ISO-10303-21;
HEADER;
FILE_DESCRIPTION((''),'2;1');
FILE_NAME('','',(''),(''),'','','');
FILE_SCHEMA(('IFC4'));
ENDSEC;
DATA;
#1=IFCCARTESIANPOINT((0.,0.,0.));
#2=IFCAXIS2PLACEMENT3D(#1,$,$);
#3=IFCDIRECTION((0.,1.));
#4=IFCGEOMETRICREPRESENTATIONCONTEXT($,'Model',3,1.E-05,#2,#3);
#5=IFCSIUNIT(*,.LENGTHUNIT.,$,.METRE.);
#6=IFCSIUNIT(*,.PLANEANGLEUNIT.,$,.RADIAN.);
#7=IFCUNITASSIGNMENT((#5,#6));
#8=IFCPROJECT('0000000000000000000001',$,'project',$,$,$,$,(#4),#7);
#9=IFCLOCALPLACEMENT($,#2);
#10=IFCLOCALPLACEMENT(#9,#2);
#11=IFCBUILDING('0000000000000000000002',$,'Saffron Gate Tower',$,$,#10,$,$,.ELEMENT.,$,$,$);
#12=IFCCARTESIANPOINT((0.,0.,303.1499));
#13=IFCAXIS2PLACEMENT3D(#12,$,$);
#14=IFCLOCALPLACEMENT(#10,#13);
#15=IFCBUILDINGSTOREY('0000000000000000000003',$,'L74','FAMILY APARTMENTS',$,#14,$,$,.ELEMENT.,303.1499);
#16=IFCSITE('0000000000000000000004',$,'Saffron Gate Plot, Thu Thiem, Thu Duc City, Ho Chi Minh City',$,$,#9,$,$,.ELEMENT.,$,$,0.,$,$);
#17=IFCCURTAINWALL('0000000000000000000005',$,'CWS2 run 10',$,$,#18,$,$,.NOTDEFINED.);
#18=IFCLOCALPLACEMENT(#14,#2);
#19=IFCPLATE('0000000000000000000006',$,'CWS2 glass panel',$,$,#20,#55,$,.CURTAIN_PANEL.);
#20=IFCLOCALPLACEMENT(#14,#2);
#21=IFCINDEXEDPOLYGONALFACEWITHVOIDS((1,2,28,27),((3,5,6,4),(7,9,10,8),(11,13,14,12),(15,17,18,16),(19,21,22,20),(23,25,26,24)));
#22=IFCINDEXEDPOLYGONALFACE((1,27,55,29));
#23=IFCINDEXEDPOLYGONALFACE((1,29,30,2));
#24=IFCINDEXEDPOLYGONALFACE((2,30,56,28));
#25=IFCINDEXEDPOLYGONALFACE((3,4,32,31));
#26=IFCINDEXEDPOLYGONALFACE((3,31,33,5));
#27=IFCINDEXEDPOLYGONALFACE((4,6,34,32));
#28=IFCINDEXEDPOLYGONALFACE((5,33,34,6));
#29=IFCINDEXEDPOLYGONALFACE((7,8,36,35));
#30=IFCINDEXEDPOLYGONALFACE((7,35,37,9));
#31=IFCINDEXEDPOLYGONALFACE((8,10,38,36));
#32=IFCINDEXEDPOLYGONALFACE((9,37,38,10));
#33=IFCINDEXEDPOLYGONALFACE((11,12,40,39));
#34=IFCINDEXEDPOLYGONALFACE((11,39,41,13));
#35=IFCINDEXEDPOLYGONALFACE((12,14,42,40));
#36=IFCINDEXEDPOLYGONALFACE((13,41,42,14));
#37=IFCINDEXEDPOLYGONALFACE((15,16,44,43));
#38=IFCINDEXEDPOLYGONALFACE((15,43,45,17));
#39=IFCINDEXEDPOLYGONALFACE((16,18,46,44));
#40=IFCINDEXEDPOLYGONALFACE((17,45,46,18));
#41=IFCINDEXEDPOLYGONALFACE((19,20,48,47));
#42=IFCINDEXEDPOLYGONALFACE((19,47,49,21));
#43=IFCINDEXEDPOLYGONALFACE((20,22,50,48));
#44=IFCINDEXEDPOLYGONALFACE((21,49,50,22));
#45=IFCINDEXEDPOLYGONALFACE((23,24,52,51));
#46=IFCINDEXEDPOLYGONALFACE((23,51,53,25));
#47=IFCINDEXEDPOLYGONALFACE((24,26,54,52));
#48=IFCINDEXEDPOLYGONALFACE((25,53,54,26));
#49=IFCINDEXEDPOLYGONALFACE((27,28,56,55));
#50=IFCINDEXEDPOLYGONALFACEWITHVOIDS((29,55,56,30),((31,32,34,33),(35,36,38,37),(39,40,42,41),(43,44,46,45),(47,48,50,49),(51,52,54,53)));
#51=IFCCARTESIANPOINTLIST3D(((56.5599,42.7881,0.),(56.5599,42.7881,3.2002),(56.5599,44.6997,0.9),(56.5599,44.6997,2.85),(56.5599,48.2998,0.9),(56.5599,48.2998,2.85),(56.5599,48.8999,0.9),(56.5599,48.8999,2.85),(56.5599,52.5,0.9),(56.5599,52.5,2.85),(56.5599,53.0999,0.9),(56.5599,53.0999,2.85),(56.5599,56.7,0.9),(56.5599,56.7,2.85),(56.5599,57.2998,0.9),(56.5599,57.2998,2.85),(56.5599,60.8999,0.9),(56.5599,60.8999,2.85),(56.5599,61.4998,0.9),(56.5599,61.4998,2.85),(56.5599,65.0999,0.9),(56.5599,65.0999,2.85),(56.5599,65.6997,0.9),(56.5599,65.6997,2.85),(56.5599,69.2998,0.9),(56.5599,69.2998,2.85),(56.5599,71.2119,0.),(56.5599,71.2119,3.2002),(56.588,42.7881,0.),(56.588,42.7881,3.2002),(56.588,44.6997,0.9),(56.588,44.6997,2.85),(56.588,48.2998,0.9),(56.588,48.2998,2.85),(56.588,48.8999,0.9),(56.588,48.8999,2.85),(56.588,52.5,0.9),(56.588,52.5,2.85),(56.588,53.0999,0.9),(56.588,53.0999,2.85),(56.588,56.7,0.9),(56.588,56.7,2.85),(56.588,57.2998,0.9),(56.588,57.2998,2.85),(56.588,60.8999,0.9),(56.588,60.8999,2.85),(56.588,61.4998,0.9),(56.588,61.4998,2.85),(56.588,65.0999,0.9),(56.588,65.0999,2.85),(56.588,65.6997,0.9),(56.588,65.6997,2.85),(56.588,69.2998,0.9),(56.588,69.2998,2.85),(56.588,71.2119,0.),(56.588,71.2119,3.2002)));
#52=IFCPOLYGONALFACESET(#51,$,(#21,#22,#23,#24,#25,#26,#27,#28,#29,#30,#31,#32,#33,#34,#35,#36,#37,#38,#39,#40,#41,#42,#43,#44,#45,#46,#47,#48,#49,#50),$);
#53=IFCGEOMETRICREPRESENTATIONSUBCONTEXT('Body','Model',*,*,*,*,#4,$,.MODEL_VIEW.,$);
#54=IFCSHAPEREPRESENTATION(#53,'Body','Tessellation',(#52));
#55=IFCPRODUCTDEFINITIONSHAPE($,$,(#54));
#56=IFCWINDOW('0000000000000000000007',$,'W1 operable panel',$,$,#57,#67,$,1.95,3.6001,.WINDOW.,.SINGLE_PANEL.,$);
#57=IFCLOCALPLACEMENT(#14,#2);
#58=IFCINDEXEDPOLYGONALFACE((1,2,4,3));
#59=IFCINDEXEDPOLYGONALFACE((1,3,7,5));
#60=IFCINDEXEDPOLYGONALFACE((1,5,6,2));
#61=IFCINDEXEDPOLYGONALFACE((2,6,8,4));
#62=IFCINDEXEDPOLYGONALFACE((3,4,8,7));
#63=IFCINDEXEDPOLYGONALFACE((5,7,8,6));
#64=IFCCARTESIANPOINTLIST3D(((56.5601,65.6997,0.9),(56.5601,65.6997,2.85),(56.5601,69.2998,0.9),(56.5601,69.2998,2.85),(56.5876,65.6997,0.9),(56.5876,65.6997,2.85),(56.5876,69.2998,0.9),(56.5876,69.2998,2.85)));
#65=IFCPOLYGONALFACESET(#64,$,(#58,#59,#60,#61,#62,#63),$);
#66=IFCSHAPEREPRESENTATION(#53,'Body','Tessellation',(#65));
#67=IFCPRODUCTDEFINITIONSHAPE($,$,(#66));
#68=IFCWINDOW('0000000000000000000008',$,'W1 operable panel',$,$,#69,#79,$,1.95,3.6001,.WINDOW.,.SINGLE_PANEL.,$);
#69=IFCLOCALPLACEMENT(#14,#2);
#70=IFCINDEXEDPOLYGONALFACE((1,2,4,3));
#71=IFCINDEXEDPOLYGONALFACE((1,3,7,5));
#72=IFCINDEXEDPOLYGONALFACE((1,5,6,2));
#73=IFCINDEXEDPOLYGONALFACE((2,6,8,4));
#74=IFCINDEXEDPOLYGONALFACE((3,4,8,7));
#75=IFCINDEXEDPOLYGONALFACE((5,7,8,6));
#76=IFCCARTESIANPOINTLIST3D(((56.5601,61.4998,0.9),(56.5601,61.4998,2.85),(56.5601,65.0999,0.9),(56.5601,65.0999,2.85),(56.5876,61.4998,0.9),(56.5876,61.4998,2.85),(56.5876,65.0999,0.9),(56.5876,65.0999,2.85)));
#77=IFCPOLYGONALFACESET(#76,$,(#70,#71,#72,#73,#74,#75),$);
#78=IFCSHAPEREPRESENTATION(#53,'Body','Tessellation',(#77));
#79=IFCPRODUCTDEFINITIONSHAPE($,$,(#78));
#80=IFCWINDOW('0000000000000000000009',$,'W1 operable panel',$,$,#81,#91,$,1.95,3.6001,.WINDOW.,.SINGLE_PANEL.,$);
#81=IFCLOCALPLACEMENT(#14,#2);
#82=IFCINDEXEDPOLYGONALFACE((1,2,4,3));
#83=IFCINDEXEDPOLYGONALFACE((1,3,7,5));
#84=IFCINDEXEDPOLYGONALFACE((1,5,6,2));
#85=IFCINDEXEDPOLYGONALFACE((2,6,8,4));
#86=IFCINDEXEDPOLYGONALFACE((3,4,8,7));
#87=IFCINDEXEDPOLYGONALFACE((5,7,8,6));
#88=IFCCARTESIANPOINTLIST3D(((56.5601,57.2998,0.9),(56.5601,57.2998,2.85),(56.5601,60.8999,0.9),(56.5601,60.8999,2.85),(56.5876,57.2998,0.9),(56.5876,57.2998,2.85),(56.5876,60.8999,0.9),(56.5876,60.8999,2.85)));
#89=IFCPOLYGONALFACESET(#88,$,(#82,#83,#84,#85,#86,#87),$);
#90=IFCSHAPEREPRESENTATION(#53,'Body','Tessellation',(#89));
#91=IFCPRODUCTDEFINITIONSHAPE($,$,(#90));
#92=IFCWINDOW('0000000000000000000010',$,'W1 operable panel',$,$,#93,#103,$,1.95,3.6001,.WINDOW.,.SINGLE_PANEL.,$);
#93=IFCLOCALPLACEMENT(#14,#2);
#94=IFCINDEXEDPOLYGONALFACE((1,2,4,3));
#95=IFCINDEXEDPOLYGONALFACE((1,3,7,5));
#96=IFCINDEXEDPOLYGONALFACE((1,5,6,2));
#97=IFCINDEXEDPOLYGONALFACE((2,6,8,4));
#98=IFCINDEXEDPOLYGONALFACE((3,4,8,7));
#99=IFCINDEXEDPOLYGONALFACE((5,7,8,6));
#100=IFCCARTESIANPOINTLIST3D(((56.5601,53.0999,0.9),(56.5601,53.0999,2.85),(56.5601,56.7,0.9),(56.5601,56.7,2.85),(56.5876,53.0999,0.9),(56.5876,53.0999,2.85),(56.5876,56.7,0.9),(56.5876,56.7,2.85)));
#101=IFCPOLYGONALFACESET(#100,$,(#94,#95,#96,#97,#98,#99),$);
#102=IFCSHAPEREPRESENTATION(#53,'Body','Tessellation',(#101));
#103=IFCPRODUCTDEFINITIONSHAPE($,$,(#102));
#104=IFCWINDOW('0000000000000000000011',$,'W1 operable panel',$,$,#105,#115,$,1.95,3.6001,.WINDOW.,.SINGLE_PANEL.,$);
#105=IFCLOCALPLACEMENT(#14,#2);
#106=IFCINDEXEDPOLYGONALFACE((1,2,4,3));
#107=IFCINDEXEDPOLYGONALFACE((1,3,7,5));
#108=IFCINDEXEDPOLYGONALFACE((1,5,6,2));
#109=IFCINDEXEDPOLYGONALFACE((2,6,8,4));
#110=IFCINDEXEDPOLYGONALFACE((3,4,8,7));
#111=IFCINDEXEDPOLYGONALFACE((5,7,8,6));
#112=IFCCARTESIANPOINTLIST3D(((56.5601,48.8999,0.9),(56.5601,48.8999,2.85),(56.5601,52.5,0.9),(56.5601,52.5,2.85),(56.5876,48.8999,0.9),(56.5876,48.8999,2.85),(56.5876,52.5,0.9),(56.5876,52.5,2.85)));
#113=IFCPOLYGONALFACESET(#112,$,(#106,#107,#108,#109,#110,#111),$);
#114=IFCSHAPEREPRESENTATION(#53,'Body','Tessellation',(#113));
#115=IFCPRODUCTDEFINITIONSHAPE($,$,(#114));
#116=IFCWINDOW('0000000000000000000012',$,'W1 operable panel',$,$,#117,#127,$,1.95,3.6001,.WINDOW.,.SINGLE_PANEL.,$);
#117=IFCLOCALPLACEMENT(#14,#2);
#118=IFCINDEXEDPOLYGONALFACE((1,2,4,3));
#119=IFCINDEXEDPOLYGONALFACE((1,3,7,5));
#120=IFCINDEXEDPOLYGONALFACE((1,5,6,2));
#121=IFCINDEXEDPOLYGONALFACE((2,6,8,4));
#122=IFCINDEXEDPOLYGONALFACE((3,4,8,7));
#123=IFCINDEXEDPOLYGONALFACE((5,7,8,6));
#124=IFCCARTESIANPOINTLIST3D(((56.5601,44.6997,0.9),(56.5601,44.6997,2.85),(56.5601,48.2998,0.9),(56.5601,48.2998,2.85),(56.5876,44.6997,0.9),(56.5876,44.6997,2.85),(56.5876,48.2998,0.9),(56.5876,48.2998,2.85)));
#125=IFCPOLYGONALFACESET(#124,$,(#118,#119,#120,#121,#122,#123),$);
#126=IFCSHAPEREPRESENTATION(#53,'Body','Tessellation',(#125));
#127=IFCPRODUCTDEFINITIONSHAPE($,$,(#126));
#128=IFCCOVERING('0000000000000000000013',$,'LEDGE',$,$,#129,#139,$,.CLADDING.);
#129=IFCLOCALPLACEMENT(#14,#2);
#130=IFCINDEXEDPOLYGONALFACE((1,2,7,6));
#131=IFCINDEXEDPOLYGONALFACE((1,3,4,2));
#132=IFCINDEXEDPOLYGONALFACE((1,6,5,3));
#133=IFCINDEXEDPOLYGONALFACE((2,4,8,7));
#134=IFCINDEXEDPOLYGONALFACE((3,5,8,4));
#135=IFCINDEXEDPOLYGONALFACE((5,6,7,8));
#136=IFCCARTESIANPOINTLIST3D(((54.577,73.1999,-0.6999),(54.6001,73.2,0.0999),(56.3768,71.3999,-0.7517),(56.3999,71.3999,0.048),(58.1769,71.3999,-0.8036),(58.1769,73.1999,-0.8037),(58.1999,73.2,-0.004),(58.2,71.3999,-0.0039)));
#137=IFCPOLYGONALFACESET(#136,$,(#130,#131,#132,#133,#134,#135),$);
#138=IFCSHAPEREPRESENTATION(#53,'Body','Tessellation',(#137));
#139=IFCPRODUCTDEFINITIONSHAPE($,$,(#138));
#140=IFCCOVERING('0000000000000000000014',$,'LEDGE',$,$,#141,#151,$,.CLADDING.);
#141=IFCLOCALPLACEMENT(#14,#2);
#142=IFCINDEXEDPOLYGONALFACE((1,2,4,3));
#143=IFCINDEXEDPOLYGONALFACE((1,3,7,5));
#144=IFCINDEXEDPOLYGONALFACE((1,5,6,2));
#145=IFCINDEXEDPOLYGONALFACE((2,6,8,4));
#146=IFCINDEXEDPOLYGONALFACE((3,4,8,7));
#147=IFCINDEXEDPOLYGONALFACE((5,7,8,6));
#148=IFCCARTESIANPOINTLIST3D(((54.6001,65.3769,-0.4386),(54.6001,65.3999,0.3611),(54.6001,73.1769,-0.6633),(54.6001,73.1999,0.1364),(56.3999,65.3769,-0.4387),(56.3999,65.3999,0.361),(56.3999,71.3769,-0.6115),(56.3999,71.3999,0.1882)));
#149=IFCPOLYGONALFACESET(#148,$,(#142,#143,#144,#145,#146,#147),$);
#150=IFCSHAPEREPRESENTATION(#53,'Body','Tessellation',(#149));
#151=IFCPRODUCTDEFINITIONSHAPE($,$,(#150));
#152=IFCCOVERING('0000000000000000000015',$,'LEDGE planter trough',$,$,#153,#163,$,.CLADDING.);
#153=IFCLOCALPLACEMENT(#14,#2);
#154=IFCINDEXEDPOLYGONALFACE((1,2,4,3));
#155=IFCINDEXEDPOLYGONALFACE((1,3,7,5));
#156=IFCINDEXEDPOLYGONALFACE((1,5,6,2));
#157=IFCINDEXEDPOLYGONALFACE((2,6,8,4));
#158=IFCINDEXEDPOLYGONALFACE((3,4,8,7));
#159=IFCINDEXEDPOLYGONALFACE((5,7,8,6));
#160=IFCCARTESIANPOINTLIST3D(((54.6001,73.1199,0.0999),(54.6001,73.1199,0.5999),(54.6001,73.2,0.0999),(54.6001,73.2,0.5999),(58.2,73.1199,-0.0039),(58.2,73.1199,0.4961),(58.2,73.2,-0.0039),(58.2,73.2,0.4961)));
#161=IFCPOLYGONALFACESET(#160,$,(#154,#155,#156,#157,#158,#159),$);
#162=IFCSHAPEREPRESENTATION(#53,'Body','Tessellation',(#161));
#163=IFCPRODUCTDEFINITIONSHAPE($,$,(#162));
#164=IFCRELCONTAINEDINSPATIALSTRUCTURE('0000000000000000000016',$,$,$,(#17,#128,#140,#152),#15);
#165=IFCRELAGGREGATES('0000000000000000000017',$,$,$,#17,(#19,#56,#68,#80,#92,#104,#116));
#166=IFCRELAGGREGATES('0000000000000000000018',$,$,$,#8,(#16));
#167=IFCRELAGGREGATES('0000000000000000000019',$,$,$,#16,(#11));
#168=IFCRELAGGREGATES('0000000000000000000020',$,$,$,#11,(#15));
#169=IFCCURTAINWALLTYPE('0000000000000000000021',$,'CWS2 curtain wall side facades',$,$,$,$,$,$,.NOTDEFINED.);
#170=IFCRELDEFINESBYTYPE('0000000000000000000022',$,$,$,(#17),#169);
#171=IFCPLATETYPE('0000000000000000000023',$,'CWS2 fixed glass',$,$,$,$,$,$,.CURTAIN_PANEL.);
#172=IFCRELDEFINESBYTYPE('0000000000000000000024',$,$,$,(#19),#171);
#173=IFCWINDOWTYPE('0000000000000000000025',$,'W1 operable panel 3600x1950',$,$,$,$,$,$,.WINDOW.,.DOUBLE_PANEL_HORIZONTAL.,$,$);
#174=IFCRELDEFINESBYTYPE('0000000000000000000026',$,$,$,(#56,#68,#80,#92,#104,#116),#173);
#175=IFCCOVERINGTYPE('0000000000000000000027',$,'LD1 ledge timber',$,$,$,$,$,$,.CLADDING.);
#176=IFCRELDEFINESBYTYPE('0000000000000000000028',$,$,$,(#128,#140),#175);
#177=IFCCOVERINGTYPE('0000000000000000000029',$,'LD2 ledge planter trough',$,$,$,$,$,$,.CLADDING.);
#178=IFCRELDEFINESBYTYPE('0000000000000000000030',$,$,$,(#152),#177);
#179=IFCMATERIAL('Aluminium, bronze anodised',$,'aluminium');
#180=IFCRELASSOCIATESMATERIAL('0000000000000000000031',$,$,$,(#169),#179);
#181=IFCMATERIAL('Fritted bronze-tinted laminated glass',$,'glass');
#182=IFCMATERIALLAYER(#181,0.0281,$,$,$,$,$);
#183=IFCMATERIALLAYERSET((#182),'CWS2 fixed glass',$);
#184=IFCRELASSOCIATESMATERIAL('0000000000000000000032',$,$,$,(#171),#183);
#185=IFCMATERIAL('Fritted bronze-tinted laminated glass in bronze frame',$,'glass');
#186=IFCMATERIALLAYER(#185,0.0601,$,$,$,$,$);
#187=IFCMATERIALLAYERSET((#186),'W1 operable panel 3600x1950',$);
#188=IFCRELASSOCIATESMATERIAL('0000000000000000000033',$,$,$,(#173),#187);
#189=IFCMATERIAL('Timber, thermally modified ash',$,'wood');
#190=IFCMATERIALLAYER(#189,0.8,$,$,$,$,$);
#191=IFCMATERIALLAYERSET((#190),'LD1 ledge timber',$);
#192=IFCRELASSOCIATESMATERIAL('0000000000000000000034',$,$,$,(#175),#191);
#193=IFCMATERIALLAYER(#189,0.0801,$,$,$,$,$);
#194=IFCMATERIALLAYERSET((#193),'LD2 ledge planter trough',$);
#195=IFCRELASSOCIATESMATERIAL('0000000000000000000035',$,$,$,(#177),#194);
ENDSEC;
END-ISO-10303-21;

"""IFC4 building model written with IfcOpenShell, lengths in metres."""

from ifc_helpers import new_model, si_unit, direction, frame, frame_2d, origin, place, context, subcontext, project, spatial, polyline, rectangle, outline, extrude, material, layer, layer_set, type_object, element, fill, aggregate, save


model = new_model("IFC4")

# Units and contexts
model_context = context("Model", 3, precision=1e-05, world=origin(), true_north=direction((0.0, 1.0)))
body_context = subcontext(model_context, "Body", "Model", "MODEL_VIEW")
ifc_project = project(units=[si_unit("LENGTHUNIT", "METRE"), si_unit("PLANEANGLEUNIT", "RADIAN")], contexts=[model_context])

# Site, building, storey
site_placement = place(None, origin())
site = spatial("IfcSite", under=ifc_project, at=site_placement, Name="Saffron Gate Plot, Thu Thiem, Thu Duc City, Ho Chi Minh City", CompositionType="ELEMENT", RefElevation=0.0)
building_placement = place(site_placement, origin())
building = spatial("IfcBuilding", under=site, at=building_placement, Name="Saffron Gate Tower", CompositionType="ELEMENT")
storey_placement = place(building_placement, frame((0.0, 0.0, 303.1499)))
storey = spatial("IfcBuildingStorey", under=building, at=storey_placement, Name="L74", Description="FAMILY APARTMENTS", CompositionType="ELEMENT", Elevation=303.1499)

# Curtain wall
ifc_material_1 = material(Name="Aluminium, bronze anodised", Category="aluminium")
curtain_wall_type_1 = type_object("IfcCurtainWallType", Name="CWS2 curtain wall side facades", PredefinedType="NOTDEFINED", material=ifc_material_1)
curtain_wall_1_placement = place(storey_placement, origin())
curtain_wall_1 = element("IfcCurtainWall", 1, at=curtain_wall_1_placement, inside=storey, type_object=curtain_wall_type_1, Name="CWS2 run 10", PredefinedType="NOTDEFINED")

# Plate, openings, windows
ifc_material_2 = material(Name="Fritted bronze-tinted laminated glass", Category="glass")
ifc_layer_1 = layer(ifc_material_2, 0.0281)
ifc_layer_set_1 = layer_set([ifc_layer_1], Name="CWS2 fixed glass")
plate_type = type_object("IfcPlateType", Name="CWS2 fixed glass", PredefinedType="CURTAIN_PANEL", material=ifc_layer_set_1)
plate_placement = place(storey_placement, frame((56.574, 71.2119, 0.0), z_axis=(0.0, 0.0, 1.0), x_axis=(0.0, -1.0, 0.0)))
plate = element("IfcPlate", 2, at=plate_placement, type_object=plate_type, Name="CWS2 glass panel", PredefinedType="CURTAIN_PANEL", context=body_context, shape_type="SweptSolid", body=[
    extrude(rectangle(XDim=28.4238, YDim=0.0281, at=frame_2d((14.2119, 0.0))), origin(), (0.0, 0.0, 1.0), 3.2002),
])
opening_1_placement = place(plate_placement, frame((1.9121, 0.0, 0.8999)))
opening_1 = element("IfcOpeningElement", 3, at=opening_1_placement, cuts=plate, PredefinedType="OPENING", context=body_context, shape_type="SweptSolid", body=[
    extrude(rectangle(XDim=3.6001, YDim=1.95, at=frame_2d((1.8, 0.9751))), frame((0.0, 0.0239, 0.0), z_axis=(0.0, -1.0, 0.0), x_axis=(1.0, 0.0, 0.0)), (0.0, 0.0, 1.0), 0.0481),
])
opening_2_placement = place(plate_placement, frame((6.1121, 0.0, 0.8999)))
opening_2 = element("IfcOpeningElement", 4, at=opening_2_placement, cuts=plate, PredefinedType="OPENING", context=body_context, shape_type="SweptSolid", body=[
    extrude(rectangle(XDim=3.6001, YDim=1.95, at=frame_2d((1.8, 0.9751))), frame((0.0, 0.0239, 0.0), z_axis=(0.0, -1.0, 0.0), x_axis=(1.0, 0.0, 0.0)), (0.0, 0.0, 1.0), 0.0481),
])
opening_3_placement = place(plate_placement, frame((10.312, 0.0, 0.8999)))
opening_3 = element("IfcOpeningElement", 5, at=opening_3_placement, cuts=plate, PredefinedType="OPENING", context=body_context, shape_type="SweptSolid", body=[
    extrude(rectangle(XDim=3.6001, YDim=1.95, at=frame_2d((1.8, 0.9751))), frame((0.0, 0.0239, 0.0), z_axis=(0.0, -1.0, 0.0), x_axis=(1.0, 0.0, 0.0)), (0.0, 0.0, 1.0), 0.0481),
])
opening_4_placement = place(plate_placement, frame((14.512, 0.0, 0.8999)))
opening_4 = element("IfcOpeningElement", 6, at=opening_4_placement, cuts=plate, PredefinedType="OPENING", context=body_context, shape_type="SweptSolid", body=[
    extrude(rectangle(XDim=3.6001, YDim=1.95, at=frame_2d((1.8, 0.9751))), frame((0.0, 0.0239, 0.0), z_axis=(0.0, -1.0, 0.0), x_axis=(1.0, 0.0, 0.0)), (0.0, 0.0, 1.0), 0.0481),
])
opening_5_placement = place(plate_placement, frame((18.7119, 0.0, 0.8999)))
opening_5 = element("IfcOpeningElement", 7, at=opening_5_placement, cuts=plate, PredefinedType="OPENING", context=body_context, shape_type="SweptSolid", body=[
    extrude(rectangle(XDim=3.6001, YDim=1.95, at=frame_2d((1.8, 0.9751))), frame((0.0, 0.0239, 0.0), z_axis=(0.0, -1.0, 0.0), x_axis=(1.0, 0.0, 0.0)), (0.0, 0.0, 1.0), 0.0481),
])
opening_6_placement = place(plate_placement, frame((22.9121, 0.0, 0.8999)))
opening_6 = element("IfcOpeningElement", 8, at=opening_6_placement, cuts=plate, PredefinedType="OPENING", context=body_context, shape_type="SweptSolid", body=[
    extrude(rectangle(XDim=3.6001, YDim=1.95, at=frame_2d((1.8, 0.9751))), frame((0.0, 0.0239, 0.0), z_axis=(0.0, -1.0, 0.0), x_axis=(1.0, 0.0, 0.0)), (0.0, 0.0, 1.0), 0.0481),
])
ifc_material_3 = material(Name="Fritted bronze-tinted laminated glass in bronze frame", Category="glass")
ifc_layer_2 = layer(ifc_material_3, 0.0601)
ifc_layer_set_2 = layer_set([ifc_layer_2], Name="W1 operable panel 3600x1950")
window_type = type_object("IfcWindowType", Name="W1 operable panel 3600x1950", PartitioningType="DOUBLE_PANEL_HORIZONTAL", PredefinedType="WINDOW", material=ifc_layer_set_2)
window_1_placement = place(opening_1_placement, origin())
window_1 = element("IfcWindow", 9, at=window_1_placement, type_object=window_type, Name="W1 operable panel", OverallHeight=1.95, OverallWidth=3.6001, PartitioningType="SINGLE_PANEL", PredefinedType="WINDOW", context=body_context, shape_type="SweptSolid", body=[
    extrude(rectangle(XDim=3.6001, YDim=1.95, at=frame_2d((1.8, 0.9751))), frame((0.0, 0.0137, 0.0), z_axis=(0.0, -1.0, 0.0), x_axis=(1.0, 0.0, 0.0)), (0.0, 0.0, 1.0), 0.0276),
])
fill(opening_1, window_1)
window_2_placement = place(opening_2_placement, origin())
window_2 = element("IfcWindow", 10, at=window_2_placement, type_object=window_type, Name="W1 operable panel", OverallHeight=1.95, OverallWidth=3.6001, PartitioningType="SINGLE_PANEL", PredefinedType="WINDOW", context=body_context, shape_type="SweptSolid", body=[
    extrude(rectangle(XDim=3.6001, YDim=1.95, at=frame_2d((1.8, 0.9751))), frame((0.0, 0.0137, 0.0), z_axis=(0.0, -1.0, 0.0), x_axis=(1.0, 0.0, 0.0)), (0.0, 0.0, 1.0), 0.0276),
])
fill(opening_2, window_2)
window_3_placement = place(opening_3_placement, origin())
window_3 = element("IfcWindow", 11, at=window_3_placement, type_object=window_type, Name="W1 operable panel", OverallHeight=1.95, OverallWidth=3.6001, PartitioningType="SINGLE_PANEL", PredefinedType="WINDOW", context=body_context, shape_type="SweptSolid", body=[
    extrude(rectangle(XDim=3.6001, YDim=1.95, at=frame_2d((1.8, 0.9751))), frame((0.0, 0.0137, 0.0), z_axis=(0.0, -1.0, 0.0), x_axis=(1.0, 0.0, 0.0)), (0.0, 0.0, 1.0), 0.0276),
])
fill(opening_3, window_3)
window_4_placement = place(opening_4_placement, origin())
window_4 = element("IfcWindow", 12, at=window_4_placement, type_object=window_type, Name="W1 operable panel", OverallHeight=1.95, OverallWidth=3.6001, PartitioningType="SINGLE_PANEL", PredefinedType="WINDOW", context=body_context, shape_type="SweptSolid", body=[
    extrude(rectangle(XDim=3.6001, YDim=1.95, at=frame_2d((1.8, 0.9751))), frame((0.0, 0.0137, 0.0), z_axis=(0.0, -1.0, 0.0), x_axis=(1.0, 0.0, 0.0)), (0.0, 0.0, 1.0), 0.0276),
])
fill(opening_4, window_4)
window_5_placement = place(opening_5_placement, origin())
window_5 = element("IfcWindow", 13, at=window_5_placement, type_object=window_type, Name="W1 operable panel", OverallHeight=1.95, OverallWidth=3.6001, PartitioningType="SINGLE_PANEL", PredefinedType="WINDOW", context=body_context, shape_type="SweptSolid", body=[
    extrude(rectangle(XDim=3.6001, YDim=1.95, at=frame_2d((1.8, 0.9751))), frame((0.0, 0.0137, 0.0), z_axis=(0.0, -1.0, 0.0), x_axis=(1.0, 0.0, 0.0)), (0.0, 0.0, 1.0), 0.0276),
])
fill(opening_5, window_5)
window_6_placement = place(opening_6_placement, origin())
window_6 = element("IfcWindow", 14, at=window_6_placement, type_object=window_type, Name="W1 operable panel", OverallHeight=1.95, OverallWidth=3.6001, PartitioningType="SINGLE_PANEL", PredefinedType="WINDOW", context=body_context, shape_type="SweptSolid", body=[
    extrude(rectangle(XDim=3.6001, YDim=1.95, at=frame_2d((1.8, 0.9751))), frame((0.0, 0.0137, 0.0), z_axis=(0.0, -1.0, 0.0), x_axis=(1.0, 0.0, 0.0)), (0.0, 0.0, 1.0), 0.0276),
])
fill(opening_6, window_6)
aggregate(curtain_wall_1, [plate, window_1, window_2, window_3, window_4, window_5, window_6])

# Coverings
ifc_material_4 = material(Name="Timber, thermally modified ash", Category="wood")
ifc_layer_3 = layer(ifc_material_4, 0.8)
ifc_layer_set_3 = layer_set([ifc_layer_3], Name="LD1 ledge timber")
covering_type_1 = type_object("IfcCoveringType", Name="LD1 ledge timber", PredefinedType="CLADDING", material=ifc_layer_set_3)
covering_1_placement = place(storey_placement, frame((58.2, 71.3999, -0.0039), z_axis=(0.028833, 0.000044, 0.999584), x_axis=(-0.999584, 0.0, 0.028833)))
element("IfcCovering", 15, at=covering_1_placement, inside=storey, type_object=covering_type_1, Name="LEDGE", PredefinedType="CLADDING", context=body_context, shape_type="SweptSolid", body=[
    extrude(outline(polyline([(0.0, 0.0), (1.8008, 0.0), (3.6013, -1.8), (0.0, -1.8), (0.0, 0.0)])), origin(), (0.0, 0.0, -1.0), 0.8),
])
covering_2_placement = place(storey_placement, frame((56.3999, 71.3999, 0.1882), z_axis=(0.000024, 0.028789, 0.999585), x_axis=(0.0, -0.999585, 0.028789)))
element("IfcCovering", 16, at=covering_2_placement, inside=storey, type_object=covering_type_1, Name="LEDGE", PredefinedType="CLADDING", context=body_context, shape_type="SweptSolid", body=[
    extrude(outline(polyline([(0.0, 0.0), (6.0025, 0.0), (6.0025, -1.7998), (-1.8008, -1.7998), (0.0, 0.0)])), origin(), (0.0, 0.0, -1.0), 0.8),
])
ifc_layer_4 = layer(ifc_material_4, 0.0801)
ifc_layer_set_4 = layer_set([ifc_layer_4], Name="LD2 ledge planter trough")
covering_type_2 = type_object("IfcCoveringType", Name="LD2 ledge planter trough", PredefinedType="CLADDING", material=ifc_layer_set_4)
covering_3_placement = place(storey_placement, frame((58.2, 73.2, -0.0039), z_axis=(0.0, 1.0, 0.0), x_axis=(-0.999585, 0.0, 0.028811)))
element("IfcCovering", 17, at=covering_3_placement, inside=storey, type_object=covering_type_2, Name="LEDGE planter trough", PredefinedType="CLADDING", context=body_context, shape_type="SweptSolid", body=[
    extrude(outline(polyline([(0.0, 0.0), (3.6013, 0.0), (3.6158, 0.4998), (0.0144, 0.4998), (0.0, 0.0)])), origin(), (0.0, 0.0, -1.0), 0.0801),
])

save(model, "model.ifc")
